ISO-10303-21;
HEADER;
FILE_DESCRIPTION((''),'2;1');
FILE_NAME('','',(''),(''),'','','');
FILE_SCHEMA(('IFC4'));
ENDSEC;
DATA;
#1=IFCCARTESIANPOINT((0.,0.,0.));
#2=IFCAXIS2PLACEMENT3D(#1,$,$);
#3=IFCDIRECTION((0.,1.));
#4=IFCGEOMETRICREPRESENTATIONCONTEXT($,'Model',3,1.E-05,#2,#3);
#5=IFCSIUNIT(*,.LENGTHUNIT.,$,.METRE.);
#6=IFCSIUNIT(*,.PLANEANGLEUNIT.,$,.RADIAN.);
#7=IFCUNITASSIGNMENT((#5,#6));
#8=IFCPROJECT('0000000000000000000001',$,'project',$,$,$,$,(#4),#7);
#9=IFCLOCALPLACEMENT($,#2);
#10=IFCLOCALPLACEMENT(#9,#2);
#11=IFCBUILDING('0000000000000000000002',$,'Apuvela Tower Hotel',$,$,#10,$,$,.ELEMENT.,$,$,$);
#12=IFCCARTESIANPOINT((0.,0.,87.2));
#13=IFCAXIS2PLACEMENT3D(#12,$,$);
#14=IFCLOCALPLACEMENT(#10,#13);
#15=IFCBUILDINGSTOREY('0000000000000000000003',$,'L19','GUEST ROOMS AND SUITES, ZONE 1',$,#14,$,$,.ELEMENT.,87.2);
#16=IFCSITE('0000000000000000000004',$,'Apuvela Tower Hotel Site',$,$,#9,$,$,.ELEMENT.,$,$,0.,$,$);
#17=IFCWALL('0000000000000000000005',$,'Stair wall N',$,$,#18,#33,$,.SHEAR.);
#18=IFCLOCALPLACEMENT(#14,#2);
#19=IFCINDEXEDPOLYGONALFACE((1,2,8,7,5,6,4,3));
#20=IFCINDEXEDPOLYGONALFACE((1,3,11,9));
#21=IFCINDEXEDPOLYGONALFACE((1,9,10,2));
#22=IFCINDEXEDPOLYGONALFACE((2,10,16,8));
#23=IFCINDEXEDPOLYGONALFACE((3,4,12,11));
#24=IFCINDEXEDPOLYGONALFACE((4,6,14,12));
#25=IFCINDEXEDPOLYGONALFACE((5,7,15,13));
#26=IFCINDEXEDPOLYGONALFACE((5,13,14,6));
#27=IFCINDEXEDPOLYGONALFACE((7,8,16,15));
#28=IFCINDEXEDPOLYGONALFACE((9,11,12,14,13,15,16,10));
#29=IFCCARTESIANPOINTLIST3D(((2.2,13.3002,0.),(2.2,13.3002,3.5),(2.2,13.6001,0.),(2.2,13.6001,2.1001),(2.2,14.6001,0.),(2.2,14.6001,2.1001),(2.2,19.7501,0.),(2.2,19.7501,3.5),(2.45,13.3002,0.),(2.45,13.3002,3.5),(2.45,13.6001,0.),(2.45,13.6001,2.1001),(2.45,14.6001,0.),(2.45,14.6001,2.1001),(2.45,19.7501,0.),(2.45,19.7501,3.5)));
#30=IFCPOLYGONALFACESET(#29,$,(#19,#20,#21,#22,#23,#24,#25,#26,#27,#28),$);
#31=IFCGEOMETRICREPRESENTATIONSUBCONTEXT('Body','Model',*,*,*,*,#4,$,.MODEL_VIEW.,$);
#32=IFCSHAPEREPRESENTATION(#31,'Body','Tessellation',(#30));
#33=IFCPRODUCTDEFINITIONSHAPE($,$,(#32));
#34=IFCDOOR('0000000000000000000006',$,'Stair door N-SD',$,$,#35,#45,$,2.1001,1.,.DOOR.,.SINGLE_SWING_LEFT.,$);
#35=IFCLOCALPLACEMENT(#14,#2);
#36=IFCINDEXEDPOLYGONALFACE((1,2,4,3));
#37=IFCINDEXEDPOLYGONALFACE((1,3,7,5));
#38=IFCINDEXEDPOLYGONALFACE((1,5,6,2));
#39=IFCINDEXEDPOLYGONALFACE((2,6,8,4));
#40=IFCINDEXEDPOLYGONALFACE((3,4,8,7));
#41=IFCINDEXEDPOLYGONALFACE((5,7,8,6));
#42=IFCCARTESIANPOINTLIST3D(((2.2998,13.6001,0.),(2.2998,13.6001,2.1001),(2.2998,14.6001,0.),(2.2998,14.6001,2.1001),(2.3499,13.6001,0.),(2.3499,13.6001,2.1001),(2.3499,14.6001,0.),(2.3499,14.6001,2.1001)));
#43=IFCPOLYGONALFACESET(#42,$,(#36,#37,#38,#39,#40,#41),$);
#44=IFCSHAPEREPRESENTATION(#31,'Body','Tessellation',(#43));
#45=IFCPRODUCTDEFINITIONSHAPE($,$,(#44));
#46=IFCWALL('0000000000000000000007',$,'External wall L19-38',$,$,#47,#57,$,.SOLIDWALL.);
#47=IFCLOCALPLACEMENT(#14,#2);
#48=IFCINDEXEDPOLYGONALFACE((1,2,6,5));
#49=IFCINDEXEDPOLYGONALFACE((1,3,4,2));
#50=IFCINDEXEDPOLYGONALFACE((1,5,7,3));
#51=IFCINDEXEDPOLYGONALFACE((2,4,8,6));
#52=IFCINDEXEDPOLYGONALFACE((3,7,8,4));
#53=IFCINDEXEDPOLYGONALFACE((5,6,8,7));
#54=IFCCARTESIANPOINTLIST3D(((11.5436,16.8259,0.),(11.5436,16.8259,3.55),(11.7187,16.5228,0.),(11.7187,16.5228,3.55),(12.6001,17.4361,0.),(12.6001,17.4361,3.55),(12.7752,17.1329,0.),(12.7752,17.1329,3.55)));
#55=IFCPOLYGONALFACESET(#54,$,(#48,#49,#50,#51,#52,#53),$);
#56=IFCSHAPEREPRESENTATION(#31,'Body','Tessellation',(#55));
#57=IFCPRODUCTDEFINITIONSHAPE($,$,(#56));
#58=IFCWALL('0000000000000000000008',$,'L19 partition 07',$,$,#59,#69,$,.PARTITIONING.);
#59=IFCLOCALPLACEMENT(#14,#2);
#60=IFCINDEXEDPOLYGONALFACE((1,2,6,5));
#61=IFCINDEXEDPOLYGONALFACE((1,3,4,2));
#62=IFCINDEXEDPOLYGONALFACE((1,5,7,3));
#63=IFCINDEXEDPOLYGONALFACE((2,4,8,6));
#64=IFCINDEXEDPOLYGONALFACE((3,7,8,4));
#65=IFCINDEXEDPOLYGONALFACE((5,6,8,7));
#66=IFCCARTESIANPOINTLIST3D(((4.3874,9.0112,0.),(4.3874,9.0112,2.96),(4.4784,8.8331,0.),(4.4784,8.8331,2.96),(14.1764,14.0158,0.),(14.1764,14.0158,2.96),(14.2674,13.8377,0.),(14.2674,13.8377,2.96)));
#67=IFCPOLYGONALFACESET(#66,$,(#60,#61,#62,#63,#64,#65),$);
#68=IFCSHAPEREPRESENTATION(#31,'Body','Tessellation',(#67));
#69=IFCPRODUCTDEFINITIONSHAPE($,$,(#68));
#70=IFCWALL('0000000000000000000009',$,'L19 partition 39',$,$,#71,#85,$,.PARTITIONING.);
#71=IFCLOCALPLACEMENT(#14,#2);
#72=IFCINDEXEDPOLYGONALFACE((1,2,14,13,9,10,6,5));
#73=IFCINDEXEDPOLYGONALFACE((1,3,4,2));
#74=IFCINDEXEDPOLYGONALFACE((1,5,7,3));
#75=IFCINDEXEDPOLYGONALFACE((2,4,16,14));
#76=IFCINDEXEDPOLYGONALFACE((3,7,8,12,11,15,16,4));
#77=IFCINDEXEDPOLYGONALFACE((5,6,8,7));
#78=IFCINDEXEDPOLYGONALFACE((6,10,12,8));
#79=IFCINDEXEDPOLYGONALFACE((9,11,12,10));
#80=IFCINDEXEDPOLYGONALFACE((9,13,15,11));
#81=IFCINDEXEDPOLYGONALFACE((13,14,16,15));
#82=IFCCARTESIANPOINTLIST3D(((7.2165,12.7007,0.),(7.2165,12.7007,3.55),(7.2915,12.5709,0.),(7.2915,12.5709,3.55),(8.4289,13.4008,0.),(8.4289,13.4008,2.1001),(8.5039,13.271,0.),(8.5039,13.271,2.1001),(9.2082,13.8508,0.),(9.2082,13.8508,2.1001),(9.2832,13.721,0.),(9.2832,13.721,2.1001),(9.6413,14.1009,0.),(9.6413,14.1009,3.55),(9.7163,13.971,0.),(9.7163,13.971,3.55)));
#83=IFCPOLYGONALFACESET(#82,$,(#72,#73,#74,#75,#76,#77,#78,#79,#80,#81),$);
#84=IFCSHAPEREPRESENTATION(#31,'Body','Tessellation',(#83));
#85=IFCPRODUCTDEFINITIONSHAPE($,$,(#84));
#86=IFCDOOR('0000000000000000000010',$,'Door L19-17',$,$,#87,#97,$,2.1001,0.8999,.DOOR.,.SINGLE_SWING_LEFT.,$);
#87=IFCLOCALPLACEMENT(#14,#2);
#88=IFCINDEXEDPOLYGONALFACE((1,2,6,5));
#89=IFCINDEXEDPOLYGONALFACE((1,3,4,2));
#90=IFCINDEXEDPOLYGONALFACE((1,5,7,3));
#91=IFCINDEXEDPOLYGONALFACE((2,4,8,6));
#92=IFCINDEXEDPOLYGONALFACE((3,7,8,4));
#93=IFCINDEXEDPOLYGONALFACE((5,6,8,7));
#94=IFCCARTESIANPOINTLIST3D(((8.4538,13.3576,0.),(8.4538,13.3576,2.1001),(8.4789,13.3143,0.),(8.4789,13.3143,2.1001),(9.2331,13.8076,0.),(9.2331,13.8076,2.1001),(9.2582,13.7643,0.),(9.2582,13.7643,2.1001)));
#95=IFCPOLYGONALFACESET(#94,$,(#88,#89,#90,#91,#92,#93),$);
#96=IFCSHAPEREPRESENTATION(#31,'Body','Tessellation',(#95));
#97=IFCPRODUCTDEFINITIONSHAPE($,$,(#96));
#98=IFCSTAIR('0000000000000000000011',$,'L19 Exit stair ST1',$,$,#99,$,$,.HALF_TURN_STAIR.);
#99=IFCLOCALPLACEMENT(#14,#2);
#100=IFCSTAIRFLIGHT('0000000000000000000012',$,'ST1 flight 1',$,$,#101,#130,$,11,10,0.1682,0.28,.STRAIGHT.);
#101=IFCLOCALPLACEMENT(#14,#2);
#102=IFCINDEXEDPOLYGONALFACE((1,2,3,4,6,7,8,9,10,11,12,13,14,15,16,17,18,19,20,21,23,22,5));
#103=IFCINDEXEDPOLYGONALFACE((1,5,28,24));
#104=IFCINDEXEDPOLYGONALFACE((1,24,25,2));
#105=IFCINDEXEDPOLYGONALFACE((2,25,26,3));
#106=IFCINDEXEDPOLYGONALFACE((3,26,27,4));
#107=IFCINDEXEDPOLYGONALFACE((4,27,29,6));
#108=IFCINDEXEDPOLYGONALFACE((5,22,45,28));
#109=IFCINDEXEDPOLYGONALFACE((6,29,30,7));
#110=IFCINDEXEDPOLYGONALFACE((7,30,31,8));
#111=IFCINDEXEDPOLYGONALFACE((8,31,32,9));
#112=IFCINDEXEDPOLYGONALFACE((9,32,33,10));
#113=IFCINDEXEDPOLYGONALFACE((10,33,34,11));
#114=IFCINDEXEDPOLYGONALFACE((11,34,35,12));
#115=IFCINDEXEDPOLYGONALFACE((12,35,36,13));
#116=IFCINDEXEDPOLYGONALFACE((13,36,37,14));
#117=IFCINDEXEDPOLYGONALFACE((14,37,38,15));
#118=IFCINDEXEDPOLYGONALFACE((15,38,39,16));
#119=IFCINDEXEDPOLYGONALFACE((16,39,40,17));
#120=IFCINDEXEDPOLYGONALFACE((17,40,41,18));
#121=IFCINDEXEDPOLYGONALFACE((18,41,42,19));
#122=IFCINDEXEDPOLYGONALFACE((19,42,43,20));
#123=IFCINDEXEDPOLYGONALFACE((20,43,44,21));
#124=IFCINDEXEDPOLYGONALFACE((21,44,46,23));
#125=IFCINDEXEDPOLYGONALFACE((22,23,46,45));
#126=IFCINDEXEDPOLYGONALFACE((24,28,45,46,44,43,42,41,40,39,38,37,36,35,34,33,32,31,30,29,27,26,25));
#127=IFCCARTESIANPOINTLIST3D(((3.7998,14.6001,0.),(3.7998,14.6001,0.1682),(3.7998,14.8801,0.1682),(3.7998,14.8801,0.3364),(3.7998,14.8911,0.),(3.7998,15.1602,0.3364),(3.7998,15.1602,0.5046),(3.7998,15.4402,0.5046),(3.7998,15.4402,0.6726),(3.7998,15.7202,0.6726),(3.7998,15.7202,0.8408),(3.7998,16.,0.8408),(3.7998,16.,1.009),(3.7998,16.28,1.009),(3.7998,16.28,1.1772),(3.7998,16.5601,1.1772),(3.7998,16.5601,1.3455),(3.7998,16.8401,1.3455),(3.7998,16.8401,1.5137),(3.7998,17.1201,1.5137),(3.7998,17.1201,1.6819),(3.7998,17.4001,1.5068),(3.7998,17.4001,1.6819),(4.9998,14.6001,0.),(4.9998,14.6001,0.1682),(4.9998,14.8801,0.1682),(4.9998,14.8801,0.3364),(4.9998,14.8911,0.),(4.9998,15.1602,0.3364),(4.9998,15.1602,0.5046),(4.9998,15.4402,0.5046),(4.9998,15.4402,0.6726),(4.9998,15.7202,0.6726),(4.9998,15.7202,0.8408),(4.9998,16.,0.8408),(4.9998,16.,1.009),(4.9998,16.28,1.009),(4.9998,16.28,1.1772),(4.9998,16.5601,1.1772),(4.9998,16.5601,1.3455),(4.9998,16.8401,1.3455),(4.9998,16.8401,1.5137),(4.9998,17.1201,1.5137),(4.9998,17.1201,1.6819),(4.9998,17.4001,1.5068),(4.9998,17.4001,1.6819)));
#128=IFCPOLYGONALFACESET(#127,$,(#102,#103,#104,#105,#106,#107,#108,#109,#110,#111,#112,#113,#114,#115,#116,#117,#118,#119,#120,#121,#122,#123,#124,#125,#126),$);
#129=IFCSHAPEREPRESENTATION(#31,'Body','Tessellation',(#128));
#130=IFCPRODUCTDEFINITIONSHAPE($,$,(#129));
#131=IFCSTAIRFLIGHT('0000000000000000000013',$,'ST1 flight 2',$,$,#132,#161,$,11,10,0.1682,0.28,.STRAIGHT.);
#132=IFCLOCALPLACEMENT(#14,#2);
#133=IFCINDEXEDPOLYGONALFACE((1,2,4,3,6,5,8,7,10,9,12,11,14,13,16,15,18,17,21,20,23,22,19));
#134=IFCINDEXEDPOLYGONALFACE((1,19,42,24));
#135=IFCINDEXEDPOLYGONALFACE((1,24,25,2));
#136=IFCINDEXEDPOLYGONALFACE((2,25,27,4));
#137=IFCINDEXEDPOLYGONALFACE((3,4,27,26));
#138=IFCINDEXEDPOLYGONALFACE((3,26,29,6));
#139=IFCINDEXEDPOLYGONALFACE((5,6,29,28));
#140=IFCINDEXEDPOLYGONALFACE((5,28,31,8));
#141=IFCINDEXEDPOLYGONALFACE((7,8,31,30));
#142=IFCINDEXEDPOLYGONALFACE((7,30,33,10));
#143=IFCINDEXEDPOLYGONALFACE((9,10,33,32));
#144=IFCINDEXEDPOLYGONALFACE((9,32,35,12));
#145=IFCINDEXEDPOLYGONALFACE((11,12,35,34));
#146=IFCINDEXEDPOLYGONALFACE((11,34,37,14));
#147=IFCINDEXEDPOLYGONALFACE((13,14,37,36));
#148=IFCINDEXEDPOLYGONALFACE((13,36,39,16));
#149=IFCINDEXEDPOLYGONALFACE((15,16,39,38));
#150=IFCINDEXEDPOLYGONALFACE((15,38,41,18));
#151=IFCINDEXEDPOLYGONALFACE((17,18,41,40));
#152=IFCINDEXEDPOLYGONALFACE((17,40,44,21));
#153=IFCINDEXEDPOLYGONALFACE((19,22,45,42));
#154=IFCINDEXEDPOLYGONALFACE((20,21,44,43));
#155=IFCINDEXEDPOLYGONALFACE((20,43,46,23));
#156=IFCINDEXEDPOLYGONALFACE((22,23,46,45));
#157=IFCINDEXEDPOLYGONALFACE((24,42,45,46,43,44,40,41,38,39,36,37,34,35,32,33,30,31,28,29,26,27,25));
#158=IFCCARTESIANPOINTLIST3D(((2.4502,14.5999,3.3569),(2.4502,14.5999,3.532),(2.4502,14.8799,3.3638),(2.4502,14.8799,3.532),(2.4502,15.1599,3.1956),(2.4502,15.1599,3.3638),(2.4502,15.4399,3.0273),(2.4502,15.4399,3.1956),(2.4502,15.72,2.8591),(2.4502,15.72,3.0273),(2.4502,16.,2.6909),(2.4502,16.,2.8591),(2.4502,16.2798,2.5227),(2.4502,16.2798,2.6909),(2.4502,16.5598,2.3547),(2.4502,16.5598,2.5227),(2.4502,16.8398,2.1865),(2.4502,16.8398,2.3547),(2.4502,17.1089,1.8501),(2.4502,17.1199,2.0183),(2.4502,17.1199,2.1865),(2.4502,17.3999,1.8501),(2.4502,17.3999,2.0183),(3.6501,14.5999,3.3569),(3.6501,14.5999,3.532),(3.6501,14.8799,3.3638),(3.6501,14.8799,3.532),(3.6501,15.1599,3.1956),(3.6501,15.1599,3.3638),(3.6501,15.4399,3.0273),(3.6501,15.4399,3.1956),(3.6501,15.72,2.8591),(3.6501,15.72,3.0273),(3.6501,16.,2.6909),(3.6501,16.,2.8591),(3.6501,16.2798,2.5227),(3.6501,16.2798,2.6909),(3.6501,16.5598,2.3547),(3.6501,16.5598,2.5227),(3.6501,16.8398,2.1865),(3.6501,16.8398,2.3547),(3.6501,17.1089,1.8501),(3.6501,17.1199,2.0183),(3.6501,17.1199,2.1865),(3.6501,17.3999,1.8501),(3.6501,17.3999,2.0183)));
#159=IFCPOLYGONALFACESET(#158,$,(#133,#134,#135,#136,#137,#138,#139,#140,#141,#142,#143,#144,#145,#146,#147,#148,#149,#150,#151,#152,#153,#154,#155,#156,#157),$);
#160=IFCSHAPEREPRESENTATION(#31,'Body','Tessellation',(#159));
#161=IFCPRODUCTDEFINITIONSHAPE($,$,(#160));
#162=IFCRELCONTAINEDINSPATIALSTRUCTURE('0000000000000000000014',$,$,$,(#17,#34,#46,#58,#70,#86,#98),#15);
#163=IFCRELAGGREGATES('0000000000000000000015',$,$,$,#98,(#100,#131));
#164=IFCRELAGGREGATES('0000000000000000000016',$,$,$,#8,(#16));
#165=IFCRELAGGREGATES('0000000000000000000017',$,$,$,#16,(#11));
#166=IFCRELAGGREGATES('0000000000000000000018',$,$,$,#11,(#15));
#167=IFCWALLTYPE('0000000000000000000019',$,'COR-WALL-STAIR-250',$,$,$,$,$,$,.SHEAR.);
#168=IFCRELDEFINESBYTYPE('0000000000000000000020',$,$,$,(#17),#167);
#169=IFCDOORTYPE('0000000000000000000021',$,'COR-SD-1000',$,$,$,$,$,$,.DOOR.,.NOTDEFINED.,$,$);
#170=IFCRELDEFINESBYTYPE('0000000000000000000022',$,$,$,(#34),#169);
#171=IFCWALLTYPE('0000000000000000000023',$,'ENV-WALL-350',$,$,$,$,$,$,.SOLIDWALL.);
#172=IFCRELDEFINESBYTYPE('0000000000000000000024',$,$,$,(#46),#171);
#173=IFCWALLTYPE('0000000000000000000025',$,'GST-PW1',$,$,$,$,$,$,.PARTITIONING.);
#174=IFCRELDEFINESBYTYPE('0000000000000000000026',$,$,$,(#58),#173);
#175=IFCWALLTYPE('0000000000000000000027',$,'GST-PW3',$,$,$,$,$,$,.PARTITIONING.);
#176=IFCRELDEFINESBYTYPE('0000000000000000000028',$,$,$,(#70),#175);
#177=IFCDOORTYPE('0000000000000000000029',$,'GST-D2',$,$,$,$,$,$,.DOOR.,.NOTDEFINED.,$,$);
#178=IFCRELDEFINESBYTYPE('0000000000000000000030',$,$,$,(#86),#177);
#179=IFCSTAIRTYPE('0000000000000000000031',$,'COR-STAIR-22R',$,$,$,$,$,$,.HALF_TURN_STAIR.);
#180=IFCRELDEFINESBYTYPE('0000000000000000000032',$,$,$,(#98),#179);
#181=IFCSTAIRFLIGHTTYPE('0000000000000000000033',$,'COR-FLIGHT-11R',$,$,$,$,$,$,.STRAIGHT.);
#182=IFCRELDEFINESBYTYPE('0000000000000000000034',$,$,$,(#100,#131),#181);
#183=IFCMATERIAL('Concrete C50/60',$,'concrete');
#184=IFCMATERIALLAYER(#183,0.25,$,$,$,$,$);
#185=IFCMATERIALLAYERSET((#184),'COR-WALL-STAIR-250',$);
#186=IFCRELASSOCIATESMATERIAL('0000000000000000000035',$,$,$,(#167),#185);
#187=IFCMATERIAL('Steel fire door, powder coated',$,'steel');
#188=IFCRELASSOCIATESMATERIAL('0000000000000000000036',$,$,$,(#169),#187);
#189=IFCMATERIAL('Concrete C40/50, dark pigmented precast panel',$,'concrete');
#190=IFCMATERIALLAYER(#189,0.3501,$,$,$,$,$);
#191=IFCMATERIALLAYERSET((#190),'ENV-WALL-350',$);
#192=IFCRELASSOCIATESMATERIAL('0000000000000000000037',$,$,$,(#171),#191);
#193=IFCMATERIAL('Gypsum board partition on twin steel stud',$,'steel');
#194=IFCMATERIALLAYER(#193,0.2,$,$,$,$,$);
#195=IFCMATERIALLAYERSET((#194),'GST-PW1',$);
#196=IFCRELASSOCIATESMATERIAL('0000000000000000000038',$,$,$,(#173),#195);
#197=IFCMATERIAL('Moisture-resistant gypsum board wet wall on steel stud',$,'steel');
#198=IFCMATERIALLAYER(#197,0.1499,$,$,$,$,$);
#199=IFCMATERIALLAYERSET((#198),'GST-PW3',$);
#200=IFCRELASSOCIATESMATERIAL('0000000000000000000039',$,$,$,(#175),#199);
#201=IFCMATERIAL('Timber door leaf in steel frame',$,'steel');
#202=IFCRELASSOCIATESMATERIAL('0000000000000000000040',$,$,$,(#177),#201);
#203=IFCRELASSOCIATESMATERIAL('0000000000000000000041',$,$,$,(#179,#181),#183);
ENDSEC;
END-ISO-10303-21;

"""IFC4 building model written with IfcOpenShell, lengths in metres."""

from ifc_helpers import new_model, si_unit, direction, frame, frame_2d, origin, place, context, subcontext, project, spatial, polyline, rectangle, outline, extrude, material, layer, layer_set, type_object, element, fill, aggregate, save


model = new_model("IFC4")

# Units and contexts
model_context = context("Model", 3, precision=1e-05, world=origin(), true_north=direction((0.0, 1.0)))
body_context = subcontext(model_context, "Body", "Model", "MODEL_VIEW")
ifc_project = project(units=[si_unit("LENGTHUNIT", "METRE"), si_unit("PLANEANGLEUNIT", "RADIAN")], contexts=[model_context])

# Site, building, storey
site_placement = place(None, origin())
site = spatial("IfcSite", under=ifc_project, at=site_placement, Name="Apuvela Tower Hotel Site", CompositionType="ELEMENT", RefElevation=0.0)
building_placement = place(site_placement, origin())
building = spatial("IfcBuilding", under=site, at=building_placement, Name="Apuvela Tower Hotel", CompositionType="ELEMENT")
storey_placement = place(building_placement, frame((0.0, 0.0, 87.2)))
storey = spatial("IfcBuildingStorey", under=building, at=storey_placement, Name="L19", Description="GUEST ROOMS AND SUITES, ZONE 1", CompositionType="ELEMENT", Elevation=87.2)

# Shared definitions
ifc_material_1 = material(Name="Concrete C50/60", Category="concrete")
ifc_material_2 = material(Name="Steel fire door, powder coated", Category="steel")

# Wall, opening, door
ifc_layer_1 = layer(ifc_material_1, 0.25)
ifc_layer_set_1 = layer_set([ifc_layer_1], Name="COR-WALL-STAIR-250")
wall_type_1 = type_object("IfcWallType", Name="COR-WALL-STAIR-250", PredefinedType="SHEAR", material=ifc_layer_set_1)
wall_1_placement = place(storey_placement, frame((2.325, 13.3, 0.0), z_axis=(0.0, 0.0, 1.0), x_axis=(0.0, 1.0, 0.0)))
wall_1 = element("IfcWall", 1, at=wall_1_placement, inside=storey, type_object=wall_type_1, Name="Stair wall N", PredefinedType="SHEAR", context=body_context, shape_type="SweptSolid", body=[
    extrude(rectangle(XDim=6.45, YDim=0.25, at=frame_2d((3.2251, 0.0))), origin(), (0.0, 0.0, 1.0), 3.5),
])
opening_1_placement = place(wall_1_placement, frame((0.3, 0.0, 0.0)))
opening_1 = element("IfcOpeningElement", 2, at=opening_1_placement, cuts=wall_1, PredefinedType="OPENING", context=body_context, shape_type="SweptSolid", body=[
    extrude(rectangle(XDim=1.0, YDim=2.1001, at=frame_2d((0.5, 1.05))), frame((0.0, 0.135, 0.0), z_axis=(0.0, -1.0, 0.0), x_axis=(1.0, 0.0, 0.0)), (0.0, 0.0, 1.0), 0.27),
])
door_type_1 = type_object("IfcDoorType", Name="COR-SD-1000", OperationType="NOTDEFINED", PredefinedType="DOOR", material=ifc_material_2)
door_1_placement = place(opening_1_placement, frame((1.0, 0.0, 0.0), z_axis=(0.0, 0.0, 1.0), x_axis=(-1.0, 0.0, 0.0)))
door_1 = element("IfcDoor", 3, at=door_1_placement, inside=storey, type_object=door_type_1, Name="Stair door N-SD", OperationType="SINGLE_SWING_LEFT", OverallHeight=2.1001, OverallWidth=1.0, PredefinedType="DOOR", context=body_context, shape_type="SweptSolid", body=[
    extrude(rectangle(XDim=1.0, YDim=2.1001, at=frame_2d((0.5, 1.05))), frame((0.0, 0.0249, 0.0), z_axis=(0.0, -1.0, 0.0), x_axis=(1.0, 0.0, 0.0)), (0.0, 0.0, 1.0), 0.05),
])
fill(opening_1, door_1)

# Wall
ifc_material_3 = material(Name="Concrete C40/50, dark pigmented precast panel", Category="concrete")
ifc_layer_2 = layer(ifc_material_3, 0.3501)
ifc_layer_set_2 = layer_set([ifc_layer_2], Name="ENV-WALL-350")
wall_type_2 = type_object("IfcWallType", Name="ENV-WALL-350", PredefinedType="SOLIDWALL", material=ifc_layer_set_2)
wall_2_placement = place(storey_placement, frame((12.6875, 17.2844, 0.0), z_axis=(0.0, 0.0, 1.0), x_axis=(-0.865956, -0.500121, 0.0)))
element("IfcWall", 4, at=wall_2_placement, inside=storey, type_object=wall_type_2, Name="External wall L19-38", PredefinedType="SOLIDWALL", context=body_context, shape_type="SweptSolid", body=[
    extrude(rectangle(XDim=1.22, YDim=0.3501, at=frame_2d((0.6099, 0.0))), origin(), (0.0, 0.0, 1.0), 3.55),
])

# Wall
ifc_material_4 = material(Name="Gypsum board partition on twin steel stud", Category="steel")
ifc_layer_3 = layer(ifc_material_4, 0.2)
ifc_layer_set_3 = layer_set([ifc_layer_3], Name="GST-PW1")
wall_type_3 = type_object("IfcWallType", Name="GST-PW1", PredefinedType="PARTITIONING", material=ifc_layer_set_3)
wall_3_placement = place(storey_placement, frame((14.2219, 13.9268, 0.0), z_axis=(0.0, 0.0, 1.0), x_axis=(-0.890385, -0.455208, 0.0)))
element("IfcWall", 5, at=wall_3_placement, inside=storey, type_object=wall_type_3, Name="L19 partition 07", PredefinedType="PARTITIONING", context=body_context, shape_type="SweptSolid", body=[
    extrude(rectangle(XDim=10.9941, YDim=0.2, at=frame_2d((5.4971, 0.0))), origin(), (0.0, 0.0, 1.0), 2.96),
])

# Wall, opening, door
ifc_material_5 = material(Name="Moisture-resistant gypsum board wet wall on steel stud", Category="steel")
ifc_layer_4 = layer(ifc_material_5, 0.1499)
ifc_layer_set_4 = layer_set([ifc_layer_4], Name="GST-PW3")
wall_type_4 = type_object("IfcWallType", Name="GST-PW3", PredefinedType="PARTITIONING", material=ifc_layer_set_4)
wall_4_placement = place(storey_placement, frame((9.6787, 14.0359, 0.0), z_axis=(0.0, 0.0, 1.0), x_axis=(-0.865997, -0.50005, 0.0)))
wall_4 = element("IfcWall", 6, at=wall_4_placement, inside=storey, type_object=wall_type_4, Name="L19 partition 39", PredefinedType="PARTITIONING", context=body_context, shape_type="SweptSolid", body=[
    extrude(rectangle(XDim=2.8, YDim=0.1499, at=frame_2d((1.3999, 0.0))), origin(), (0.0, 0.0, 1.0), 3.55),
])
opening_2_placement = place(wall_4_placement, frame((0.5, 0.0, 0.0)))
opening_2 = element("IfcOpeningElement", 7, at=opening_2_placement, cuts=wall_4, PredefinedType="OPENING", context=body_context, shape_type="SweptSolid", body=[
    extrude(rectangle(XDim=0.8999, YDim=2.1001, at=frame_2d((0.45, 1.05))), frame((0.0, 0.085, 0.0), z_axis=(0.0, -1.0, 0.0), x_axis=(1.0, 0.0, 0.0)), (0.0, 0.0, 1.0), 0.1699),
])
ifc_material_6 = material(Name="Timber door leaf in steel frame", Category="steel")
door_type_2 = type_object("IfcDoorType", Name="GST-D2", OperationType="NOTDEFINED", PredefinedType="DOOR", material=ifc_material_6)
door_2_placement = place(opening_2_placement, origin())
door_2 = element("IfcDoor", 8, at=door_2_placement, inside=storey, type_object=door_type_2, Name="Door L19-17", OperationType="SINGLE_SWING_LEFT", OverallHeight=2.1001, OverallWidth=0.8999, PredefinedType="DOOR", context=body_context, shape_type="SweptSolid", body=[
    extrude(rectangle(XDim=0.8999, YDim=2.1001, at=frame_2d((0.45, 1.05))), frame((0.0, 0.0249, 0.0), z_axis=(0.0, -1.0, 0.0), x_axis=(1.0, 0.0, 0.0)), (0.0, 0.0, 1.0), 0.05),
])
fill(opening_2, door_2)

# Stair, stair flights
stair_type = type_object("IfcStairType", Name="COR-STAIR-22R", PredefinedType="HALF_TURN_STAIR", material=ifc_material_1)
stair_placement = place(storey_placement, origin())
stair = element("IfcStair", 9, at=stair_placement, inside=storey, type_object=stair_type, Name="L19 Exit stair ST1", PredefinedType="HALF_TURN_STAIR")
stair_flight_type = type_object("IfcStairFlightType", Name="COR-FLIGHT-11R", PredefinedType="STRAIGHT", material=ifc_material_1)
stair_flight_1_placement = place(storey_placement, frame((4.3999, 14.6001, 0.0), z_axis=(0.0, 0.0, 1.0), x_axis=(0.0, 1.0, 0.0)))
stair_flight_1 = element("IfcStairFlight", 10, at=stair_flight_1_placement, type_object=stair_flight_type, Name="ST1 flight 1", NumberOfRisers=11, NumberOfTreads=10, PredefinedType="STRAIGHT", RiserHeight=0.1682, TreadLength=0.28, context=body_context, shape_type="SweptSolid", body=[
    extrude(outline(polyline([(0.0, 0.0), (0.0, 0.1682), (0.28, 0.1682), (0.28, 0.3364), (0.5601, 0.3364), (0.5601, 0.5046), (0.8401, 0.5046), (0.8401, 0.6726), (1.1201, 0.6726), (1.1201, 0.8408), (1.3999, 0.8408), (1.3999, 1.009), (1.6799, 1.009), (1.6799, 1.1772), (1.96, 1.1772), (1.96, 1.3455), (2.24, 1.3455), (2.24, 1.5137), (2.52, 1.5137), (2.52, 1.6819), (2.8, 1.6819), (2.8, 1.8501), (2.8, 1.5068), (0.291, 0.0), (0.0, 0.0)])), frame((0.0, 0.6001, 0.0), z_axis=(0.0, -1.0, 0.0), x_axis=(1.0, 0.0, 0.0)), (0.0, 0.0, 1.0), 1.2),
])
stair_flight_2_placement = place(storey_placement, frame((3.05, 17.3999, 1.8501), z_axis=(0.0, 0.0, 1.0), x_axis=(0.0, -1.0, 0.0)))
stair_flight_2 = element("IfcStairFlight", 11, at=stair_flight_2_placement, type_object=stair_flight_type, Name="ST1 flight 2", NumberOfRisers=11, NumberOfTreads=10, PredefinedType="STRAIGHT", RiserHeight=0.1682, TreadLength=0.28, context=body_context, shape_type="SweptSolid", body=[
    extrude(outline(polyline([(0.0, 0.0), (0.0, 0.1682), (0.28, 0.1682), (0.28, 0.3364), (0.5601, 0.3364), (0.5601, 0.5046), (0.8401, 0.5046), (0.8401, 0.6726), (1.1201, 0.6726), (1.1201, 0.8408), (1.3999, 0.8408), (1.3999, 1.009), (1.6799, 1.009), (1.6799, 1.1772), (1.96, 1.1772), (1.96, 1.3455), (2.24, 1.3455), (2.24, 1.5137), (2.52, 1.5137), (2.52, 1.6819), (2.8, 1.6819), (2.8, 1.8501), (2.8, 1.5068), (0.291, 0.0), (0.0, 0.0)])), frame((0.0, 0.6001, 0.0), z_axis=(0.0, -1.0, 0.0), x_axis=(1.0, 0.0, 0.0)), (0.0, 0.0, 1.0), 1.2),
])
aggregate(stair, [stair_flight_1, stair_flight_2])

save(model, "model.ifc")
